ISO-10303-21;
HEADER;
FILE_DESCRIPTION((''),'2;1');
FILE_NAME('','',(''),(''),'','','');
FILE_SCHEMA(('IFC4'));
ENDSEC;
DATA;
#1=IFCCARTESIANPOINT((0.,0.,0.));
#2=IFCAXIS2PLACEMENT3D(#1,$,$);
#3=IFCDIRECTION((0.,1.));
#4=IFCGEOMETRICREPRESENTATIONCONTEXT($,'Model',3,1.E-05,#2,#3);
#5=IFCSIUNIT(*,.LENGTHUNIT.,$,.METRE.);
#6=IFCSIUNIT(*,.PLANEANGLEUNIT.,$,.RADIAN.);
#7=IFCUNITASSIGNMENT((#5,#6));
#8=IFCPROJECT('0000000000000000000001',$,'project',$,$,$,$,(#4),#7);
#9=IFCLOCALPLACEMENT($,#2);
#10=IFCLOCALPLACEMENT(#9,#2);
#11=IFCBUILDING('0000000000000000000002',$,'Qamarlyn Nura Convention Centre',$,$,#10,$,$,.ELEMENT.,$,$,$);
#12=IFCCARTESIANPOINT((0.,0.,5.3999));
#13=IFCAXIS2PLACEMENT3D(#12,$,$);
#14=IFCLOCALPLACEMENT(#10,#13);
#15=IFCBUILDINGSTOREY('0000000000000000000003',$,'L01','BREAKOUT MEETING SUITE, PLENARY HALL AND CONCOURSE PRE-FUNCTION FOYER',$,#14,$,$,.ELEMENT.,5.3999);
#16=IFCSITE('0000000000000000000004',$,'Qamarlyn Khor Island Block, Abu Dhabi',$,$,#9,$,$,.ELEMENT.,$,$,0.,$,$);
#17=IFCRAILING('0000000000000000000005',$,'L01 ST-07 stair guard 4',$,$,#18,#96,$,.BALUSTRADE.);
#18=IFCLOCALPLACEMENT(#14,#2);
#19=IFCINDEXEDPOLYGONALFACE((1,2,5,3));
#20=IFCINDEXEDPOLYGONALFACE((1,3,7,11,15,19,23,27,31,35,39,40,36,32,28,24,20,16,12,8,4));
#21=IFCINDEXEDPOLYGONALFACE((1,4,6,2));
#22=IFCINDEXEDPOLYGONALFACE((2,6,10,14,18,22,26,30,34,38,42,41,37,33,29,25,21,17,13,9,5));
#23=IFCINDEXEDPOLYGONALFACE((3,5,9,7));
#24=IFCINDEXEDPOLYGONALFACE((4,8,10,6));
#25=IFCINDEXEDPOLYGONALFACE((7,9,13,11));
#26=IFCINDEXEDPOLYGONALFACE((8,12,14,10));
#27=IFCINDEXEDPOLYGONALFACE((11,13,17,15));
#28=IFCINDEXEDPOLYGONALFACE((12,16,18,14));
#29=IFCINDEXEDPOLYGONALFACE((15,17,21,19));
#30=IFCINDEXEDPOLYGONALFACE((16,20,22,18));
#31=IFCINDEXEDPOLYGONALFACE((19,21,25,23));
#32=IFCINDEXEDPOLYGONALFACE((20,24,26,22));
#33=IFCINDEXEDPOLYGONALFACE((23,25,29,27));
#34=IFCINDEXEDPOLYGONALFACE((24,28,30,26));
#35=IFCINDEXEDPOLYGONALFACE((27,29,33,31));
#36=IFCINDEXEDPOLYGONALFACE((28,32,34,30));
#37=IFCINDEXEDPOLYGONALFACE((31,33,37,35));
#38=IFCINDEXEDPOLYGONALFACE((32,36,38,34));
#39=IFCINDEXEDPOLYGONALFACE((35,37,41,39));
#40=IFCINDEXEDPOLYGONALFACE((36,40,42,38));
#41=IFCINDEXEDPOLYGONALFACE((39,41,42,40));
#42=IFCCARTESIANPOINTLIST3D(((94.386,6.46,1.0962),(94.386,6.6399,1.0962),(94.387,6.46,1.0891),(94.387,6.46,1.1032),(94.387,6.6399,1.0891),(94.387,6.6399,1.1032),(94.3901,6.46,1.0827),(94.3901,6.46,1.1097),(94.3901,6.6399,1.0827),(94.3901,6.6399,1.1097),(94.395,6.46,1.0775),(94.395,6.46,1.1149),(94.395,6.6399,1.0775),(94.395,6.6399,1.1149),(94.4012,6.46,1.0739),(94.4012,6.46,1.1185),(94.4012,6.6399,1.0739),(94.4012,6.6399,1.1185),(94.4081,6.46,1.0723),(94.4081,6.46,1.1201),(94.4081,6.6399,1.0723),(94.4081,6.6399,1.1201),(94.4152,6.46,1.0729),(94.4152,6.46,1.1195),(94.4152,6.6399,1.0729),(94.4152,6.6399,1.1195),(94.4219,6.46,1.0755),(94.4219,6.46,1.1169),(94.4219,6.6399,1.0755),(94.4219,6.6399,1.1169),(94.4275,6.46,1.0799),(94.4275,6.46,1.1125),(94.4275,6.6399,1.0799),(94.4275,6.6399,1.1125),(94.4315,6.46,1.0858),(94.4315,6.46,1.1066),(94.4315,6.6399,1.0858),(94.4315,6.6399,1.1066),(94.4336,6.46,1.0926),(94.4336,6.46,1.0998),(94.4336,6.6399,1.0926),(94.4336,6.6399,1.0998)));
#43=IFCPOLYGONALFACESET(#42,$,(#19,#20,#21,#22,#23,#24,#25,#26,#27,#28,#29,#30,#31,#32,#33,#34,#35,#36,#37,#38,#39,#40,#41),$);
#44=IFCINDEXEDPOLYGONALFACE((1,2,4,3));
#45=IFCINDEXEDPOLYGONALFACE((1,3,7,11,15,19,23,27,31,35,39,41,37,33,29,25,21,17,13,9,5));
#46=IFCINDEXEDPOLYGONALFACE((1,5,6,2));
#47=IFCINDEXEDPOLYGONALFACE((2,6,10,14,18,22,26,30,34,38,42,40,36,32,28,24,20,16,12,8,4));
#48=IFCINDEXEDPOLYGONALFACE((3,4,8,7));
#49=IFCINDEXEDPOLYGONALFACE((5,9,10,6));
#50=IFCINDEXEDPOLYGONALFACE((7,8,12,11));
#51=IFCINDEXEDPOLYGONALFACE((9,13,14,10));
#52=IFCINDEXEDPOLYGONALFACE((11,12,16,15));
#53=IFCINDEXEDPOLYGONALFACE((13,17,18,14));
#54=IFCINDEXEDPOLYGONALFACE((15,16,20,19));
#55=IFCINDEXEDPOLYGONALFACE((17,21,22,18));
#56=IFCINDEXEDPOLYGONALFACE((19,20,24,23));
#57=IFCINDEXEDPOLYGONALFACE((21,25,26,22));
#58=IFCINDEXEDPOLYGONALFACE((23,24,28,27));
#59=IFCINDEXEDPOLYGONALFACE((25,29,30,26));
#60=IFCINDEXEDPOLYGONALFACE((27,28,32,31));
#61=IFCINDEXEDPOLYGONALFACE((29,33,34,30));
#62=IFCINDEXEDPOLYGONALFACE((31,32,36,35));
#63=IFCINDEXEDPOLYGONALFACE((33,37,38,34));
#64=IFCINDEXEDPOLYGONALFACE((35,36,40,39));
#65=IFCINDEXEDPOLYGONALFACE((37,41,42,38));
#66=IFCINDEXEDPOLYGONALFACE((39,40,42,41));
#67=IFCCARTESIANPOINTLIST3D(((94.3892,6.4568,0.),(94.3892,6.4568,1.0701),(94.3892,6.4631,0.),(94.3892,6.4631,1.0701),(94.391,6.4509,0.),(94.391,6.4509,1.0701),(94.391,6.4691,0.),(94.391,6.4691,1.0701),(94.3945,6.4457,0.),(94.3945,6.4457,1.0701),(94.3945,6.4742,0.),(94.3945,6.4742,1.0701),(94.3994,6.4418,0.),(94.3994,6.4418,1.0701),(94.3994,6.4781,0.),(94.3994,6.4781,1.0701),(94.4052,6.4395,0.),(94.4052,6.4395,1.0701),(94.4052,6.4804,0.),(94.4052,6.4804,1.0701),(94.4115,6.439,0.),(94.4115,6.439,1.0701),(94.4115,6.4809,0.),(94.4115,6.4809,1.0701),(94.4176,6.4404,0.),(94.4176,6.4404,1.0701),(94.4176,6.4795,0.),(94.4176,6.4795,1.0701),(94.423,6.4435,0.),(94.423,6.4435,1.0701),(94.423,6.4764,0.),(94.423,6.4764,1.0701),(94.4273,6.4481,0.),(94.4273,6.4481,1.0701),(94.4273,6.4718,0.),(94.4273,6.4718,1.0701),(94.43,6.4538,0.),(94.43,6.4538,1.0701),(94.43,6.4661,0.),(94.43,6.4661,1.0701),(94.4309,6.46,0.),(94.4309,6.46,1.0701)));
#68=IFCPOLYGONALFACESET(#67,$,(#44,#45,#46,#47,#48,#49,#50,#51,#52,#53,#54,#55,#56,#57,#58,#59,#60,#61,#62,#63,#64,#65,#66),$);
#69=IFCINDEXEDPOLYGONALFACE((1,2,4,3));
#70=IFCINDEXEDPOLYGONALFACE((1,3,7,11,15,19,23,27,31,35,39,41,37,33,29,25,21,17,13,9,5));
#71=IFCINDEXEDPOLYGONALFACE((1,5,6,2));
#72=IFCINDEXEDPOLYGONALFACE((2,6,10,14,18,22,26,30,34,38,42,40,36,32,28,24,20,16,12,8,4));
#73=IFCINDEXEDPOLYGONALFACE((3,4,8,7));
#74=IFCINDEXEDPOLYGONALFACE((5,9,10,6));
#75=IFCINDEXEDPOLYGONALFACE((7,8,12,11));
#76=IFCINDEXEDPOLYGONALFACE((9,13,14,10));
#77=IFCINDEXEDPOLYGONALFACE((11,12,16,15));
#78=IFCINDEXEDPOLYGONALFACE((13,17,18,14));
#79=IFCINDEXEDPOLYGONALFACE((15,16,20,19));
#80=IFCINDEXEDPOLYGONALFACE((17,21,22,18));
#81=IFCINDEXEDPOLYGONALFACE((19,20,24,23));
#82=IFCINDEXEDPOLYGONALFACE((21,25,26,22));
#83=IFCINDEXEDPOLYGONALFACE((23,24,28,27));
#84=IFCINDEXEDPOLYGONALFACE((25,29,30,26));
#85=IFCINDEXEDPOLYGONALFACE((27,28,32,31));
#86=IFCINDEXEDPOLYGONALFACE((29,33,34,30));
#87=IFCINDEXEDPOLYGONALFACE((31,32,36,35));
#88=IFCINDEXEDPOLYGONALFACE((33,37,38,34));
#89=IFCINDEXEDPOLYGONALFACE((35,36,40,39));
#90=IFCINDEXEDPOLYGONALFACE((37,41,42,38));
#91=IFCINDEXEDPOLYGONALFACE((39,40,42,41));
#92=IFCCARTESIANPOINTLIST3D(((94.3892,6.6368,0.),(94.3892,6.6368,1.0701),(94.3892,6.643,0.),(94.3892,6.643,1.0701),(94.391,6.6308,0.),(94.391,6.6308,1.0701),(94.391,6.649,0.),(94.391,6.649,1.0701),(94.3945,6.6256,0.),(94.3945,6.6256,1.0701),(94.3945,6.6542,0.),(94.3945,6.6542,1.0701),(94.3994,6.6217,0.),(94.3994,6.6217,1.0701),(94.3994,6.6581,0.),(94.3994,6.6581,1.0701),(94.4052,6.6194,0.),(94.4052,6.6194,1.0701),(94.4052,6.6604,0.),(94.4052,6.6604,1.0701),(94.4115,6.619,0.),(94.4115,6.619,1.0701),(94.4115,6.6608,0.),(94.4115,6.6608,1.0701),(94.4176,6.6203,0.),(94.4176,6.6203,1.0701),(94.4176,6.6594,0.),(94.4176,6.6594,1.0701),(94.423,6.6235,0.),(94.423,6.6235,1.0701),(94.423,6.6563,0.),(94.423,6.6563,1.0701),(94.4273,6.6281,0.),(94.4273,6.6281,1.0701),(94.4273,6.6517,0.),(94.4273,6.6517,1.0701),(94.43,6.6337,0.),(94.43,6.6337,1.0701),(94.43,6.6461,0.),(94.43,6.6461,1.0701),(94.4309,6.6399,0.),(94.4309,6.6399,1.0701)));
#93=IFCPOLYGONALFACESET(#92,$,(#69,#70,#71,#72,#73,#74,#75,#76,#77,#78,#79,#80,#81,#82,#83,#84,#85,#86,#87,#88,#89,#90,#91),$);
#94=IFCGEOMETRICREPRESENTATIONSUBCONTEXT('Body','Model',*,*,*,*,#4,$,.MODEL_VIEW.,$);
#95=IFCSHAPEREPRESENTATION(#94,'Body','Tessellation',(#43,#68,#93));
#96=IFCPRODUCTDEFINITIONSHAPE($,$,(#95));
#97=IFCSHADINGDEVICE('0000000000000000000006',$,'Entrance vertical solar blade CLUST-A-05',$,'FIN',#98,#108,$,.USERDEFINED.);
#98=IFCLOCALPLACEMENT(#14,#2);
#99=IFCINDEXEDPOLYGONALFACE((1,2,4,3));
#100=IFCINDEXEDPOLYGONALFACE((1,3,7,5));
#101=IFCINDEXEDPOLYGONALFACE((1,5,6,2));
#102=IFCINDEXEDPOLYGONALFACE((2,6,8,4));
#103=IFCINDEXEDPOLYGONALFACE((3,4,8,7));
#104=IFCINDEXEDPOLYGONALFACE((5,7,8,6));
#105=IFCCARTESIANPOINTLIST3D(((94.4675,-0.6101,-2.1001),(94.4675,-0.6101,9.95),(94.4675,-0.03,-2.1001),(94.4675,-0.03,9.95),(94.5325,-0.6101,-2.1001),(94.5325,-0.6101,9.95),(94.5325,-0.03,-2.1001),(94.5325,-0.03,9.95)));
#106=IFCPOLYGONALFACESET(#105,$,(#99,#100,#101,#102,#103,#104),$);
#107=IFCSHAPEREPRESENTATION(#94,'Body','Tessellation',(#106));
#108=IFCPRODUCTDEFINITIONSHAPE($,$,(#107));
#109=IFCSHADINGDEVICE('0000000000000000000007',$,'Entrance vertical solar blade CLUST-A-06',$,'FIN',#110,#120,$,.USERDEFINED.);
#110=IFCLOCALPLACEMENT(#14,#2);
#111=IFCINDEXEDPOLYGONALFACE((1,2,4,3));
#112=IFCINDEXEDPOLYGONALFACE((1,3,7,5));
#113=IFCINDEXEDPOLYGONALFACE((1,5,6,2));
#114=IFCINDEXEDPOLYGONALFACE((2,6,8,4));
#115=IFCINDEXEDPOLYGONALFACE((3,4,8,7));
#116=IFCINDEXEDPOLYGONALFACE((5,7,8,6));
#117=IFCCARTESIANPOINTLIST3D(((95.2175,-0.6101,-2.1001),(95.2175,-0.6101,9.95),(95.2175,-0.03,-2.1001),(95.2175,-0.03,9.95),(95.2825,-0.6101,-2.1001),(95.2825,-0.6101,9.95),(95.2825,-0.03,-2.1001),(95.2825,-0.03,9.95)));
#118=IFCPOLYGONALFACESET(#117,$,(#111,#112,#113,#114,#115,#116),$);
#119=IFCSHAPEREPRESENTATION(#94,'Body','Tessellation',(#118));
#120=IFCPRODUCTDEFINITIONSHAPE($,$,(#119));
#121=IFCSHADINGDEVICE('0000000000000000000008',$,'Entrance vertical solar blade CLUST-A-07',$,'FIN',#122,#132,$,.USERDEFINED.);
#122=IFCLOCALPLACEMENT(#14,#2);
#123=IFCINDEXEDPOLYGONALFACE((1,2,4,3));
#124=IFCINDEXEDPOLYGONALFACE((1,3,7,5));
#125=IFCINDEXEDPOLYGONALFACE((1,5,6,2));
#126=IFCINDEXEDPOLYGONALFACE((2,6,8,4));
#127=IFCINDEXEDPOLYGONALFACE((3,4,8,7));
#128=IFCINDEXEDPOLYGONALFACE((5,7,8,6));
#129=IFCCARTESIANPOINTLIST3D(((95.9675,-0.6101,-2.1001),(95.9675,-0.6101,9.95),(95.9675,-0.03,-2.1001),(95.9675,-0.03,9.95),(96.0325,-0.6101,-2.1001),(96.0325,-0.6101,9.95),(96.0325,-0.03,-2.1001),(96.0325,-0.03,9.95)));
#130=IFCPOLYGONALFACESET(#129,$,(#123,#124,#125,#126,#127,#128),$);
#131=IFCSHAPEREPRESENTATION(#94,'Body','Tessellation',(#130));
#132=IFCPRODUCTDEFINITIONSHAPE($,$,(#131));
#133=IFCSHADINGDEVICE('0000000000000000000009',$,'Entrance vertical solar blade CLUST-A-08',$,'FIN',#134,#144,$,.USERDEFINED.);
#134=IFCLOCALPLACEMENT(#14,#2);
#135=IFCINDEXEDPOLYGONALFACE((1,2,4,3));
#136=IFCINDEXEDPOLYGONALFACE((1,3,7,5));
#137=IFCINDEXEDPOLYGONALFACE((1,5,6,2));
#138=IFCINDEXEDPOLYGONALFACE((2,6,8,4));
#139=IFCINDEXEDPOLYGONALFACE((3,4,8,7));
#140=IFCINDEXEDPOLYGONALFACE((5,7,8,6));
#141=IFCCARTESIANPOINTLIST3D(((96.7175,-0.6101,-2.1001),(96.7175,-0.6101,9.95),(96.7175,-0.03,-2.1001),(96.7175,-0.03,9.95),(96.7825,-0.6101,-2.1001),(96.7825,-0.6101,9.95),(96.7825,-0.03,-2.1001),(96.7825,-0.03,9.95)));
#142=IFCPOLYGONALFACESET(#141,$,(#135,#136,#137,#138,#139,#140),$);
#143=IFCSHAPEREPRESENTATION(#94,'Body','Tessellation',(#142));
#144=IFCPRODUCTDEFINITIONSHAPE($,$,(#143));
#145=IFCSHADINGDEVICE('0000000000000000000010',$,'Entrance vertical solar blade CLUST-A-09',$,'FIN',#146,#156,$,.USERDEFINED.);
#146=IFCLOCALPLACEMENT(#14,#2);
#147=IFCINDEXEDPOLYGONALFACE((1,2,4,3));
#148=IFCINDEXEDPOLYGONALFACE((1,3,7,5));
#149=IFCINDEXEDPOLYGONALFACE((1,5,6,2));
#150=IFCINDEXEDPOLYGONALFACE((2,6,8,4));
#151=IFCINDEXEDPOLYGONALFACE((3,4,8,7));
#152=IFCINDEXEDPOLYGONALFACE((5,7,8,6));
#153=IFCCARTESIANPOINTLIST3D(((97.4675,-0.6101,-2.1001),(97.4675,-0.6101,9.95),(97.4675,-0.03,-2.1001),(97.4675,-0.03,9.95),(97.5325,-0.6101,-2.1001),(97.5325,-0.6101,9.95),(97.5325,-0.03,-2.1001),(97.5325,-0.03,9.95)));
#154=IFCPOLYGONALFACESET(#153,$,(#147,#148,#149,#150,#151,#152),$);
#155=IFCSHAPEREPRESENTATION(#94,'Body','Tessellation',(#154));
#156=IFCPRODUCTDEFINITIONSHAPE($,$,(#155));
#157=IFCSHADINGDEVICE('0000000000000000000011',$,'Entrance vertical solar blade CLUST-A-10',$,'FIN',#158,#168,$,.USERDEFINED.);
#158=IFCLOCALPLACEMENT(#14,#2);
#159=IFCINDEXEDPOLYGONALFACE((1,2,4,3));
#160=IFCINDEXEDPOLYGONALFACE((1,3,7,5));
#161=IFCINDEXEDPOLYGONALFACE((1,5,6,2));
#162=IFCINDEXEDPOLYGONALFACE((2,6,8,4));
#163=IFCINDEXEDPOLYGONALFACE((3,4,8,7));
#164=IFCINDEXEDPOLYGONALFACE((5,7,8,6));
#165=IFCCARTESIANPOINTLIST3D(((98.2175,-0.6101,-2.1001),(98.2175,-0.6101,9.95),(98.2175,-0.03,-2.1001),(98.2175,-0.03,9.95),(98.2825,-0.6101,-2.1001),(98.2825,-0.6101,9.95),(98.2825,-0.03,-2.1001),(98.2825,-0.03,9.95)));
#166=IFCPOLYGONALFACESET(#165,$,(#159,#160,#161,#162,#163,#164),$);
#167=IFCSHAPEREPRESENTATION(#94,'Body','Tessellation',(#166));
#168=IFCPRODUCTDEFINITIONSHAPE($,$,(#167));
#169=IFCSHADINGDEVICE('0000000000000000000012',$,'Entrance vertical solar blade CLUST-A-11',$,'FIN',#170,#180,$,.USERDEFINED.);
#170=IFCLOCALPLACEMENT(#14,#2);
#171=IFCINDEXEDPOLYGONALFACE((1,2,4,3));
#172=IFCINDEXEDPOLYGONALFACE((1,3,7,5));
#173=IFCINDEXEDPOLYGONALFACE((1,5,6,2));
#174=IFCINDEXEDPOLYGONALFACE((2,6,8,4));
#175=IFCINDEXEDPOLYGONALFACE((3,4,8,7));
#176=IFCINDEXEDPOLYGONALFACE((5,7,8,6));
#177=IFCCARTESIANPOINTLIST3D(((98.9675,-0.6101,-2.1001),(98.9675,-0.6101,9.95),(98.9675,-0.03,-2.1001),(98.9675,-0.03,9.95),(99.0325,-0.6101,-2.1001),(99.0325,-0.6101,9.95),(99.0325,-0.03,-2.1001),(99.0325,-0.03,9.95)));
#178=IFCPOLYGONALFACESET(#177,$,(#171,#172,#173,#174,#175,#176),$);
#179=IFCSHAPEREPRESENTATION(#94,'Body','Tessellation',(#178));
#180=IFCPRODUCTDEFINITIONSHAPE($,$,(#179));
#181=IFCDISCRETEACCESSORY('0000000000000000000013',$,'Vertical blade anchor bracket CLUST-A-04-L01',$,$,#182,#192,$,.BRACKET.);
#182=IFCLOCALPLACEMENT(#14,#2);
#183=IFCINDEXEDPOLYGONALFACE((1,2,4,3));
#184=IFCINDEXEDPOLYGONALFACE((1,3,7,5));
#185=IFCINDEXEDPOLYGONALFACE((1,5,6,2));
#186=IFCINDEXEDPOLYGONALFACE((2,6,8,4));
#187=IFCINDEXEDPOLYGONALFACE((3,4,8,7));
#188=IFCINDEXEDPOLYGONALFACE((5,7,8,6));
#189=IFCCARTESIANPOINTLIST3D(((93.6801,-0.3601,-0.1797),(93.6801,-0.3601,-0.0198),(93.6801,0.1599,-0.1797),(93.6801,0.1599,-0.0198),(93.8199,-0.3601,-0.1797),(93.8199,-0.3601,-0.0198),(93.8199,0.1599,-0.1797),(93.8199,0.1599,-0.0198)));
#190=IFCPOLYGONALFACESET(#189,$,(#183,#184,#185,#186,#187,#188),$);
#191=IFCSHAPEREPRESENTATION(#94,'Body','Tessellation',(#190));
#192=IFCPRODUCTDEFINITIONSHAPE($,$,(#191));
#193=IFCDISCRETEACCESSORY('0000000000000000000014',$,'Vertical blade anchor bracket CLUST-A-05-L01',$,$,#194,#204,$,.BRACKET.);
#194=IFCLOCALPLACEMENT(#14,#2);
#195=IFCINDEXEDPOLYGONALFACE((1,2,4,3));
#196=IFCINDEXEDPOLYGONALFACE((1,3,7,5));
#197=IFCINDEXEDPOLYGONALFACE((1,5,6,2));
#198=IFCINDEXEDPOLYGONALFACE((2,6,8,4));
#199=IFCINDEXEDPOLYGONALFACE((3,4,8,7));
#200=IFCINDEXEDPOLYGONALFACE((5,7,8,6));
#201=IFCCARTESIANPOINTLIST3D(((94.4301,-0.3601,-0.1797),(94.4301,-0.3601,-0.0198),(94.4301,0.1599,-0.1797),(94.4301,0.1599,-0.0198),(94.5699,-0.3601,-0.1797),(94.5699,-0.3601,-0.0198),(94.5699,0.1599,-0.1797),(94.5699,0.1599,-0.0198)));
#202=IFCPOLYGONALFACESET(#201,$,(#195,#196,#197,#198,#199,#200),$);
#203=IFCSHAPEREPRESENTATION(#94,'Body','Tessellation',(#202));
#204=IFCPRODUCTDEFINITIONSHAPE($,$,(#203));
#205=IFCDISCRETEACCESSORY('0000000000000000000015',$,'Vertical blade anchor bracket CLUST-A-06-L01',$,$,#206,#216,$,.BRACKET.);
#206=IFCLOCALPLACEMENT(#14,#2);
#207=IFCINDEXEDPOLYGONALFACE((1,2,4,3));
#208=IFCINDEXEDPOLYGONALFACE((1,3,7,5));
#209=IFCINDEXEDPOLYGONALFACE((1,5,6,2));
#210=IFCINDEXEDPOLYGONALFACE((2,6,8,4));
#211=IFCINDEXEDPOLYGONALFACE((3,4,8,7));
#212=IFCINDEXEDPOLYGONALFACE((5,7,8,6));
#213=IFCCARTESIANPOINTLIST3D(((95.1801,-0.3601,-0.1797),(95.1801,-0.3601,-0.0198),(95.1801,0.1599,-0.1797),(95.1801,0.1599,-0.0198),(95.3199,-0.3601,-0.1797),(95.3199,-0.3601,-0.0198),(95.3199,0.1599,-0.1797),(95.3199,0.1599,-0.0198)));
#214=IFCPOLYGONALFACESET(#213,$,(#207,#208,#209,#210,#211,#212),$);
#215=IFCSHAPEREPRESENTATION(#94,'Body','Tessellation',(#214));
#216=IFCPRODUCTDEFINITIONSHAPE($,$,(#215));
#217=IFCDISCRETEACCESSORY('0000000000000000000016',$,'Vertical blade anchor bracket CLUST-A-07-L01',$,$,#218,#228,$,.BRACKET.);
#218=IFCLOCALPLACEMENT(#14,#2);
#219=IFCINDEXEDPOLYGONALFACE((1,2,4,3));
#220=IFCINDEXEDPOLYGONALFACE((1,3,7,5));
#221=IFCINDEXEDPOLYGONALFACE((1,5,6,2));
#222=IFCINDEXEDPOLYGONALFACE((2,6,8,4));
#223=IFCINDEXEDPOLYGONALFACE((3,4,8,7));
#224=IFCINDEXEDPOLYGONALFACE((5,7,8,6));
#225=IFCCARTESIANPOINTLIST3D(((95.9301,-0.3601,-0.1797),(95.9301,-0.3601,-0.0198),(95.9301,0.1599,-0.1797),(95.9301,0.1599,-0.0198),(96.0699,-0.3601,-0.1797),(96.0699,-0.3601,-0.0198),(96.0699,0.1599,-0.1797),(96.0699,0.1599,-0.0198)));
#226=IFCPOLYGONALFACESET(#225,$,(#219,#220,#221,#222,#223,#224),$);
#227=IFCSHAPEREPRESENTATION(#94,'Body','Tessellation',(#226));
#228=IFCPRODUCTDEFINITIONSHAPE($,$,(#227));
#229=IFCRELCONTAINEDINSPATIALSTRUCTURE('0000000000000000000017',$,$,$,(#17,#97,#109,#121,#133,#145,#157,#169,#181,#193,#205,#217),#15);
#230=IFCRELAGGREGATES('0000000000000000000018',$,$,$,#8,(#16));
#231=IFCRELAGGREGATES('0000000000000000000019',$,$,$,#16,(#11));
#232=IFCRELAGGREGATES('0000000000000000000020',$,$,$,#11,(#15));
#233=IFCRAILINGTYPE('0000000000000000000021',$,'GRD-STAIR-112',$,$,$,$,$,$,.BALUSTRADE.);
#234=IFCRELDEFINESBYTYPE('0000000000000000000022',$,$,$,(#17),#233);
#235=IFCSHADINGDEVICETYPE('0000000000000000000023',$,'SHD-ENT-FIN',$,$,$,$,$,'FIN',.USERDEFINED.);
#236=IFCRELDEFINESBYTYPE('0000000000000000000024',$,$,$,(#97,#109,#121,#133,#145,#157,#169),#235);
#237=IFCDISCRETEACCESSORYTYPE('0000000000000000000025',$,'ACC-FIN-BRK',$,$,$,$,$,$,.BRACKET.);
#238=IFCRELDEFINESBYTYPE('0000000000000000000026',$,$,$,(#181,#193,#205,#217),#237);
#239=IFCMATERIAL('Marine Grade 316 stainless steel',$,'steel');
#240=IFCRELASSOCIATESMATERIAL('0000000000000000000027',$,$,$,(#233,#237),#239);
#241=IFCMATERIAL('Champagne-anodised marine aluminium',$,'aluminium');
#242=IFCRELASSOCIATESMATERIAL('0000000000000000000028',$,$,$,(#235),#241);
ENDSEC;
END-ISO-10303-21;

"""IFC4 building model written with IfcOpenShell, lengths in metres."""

from ifc_helpers import new_model, si_unit, direction, frame, origin, origin_2d, place, context, subcontext, project, spatial, rectangle, circle, extrude, material, type_object, element, save


model = new_model("IFC4")

# Units and contexts
model_context = context("Model", 3, precision=1e-05, world=origin(), true_north=direction((0.0, 1.0)))
body_context = subcontext(model_context, "Body", "Model", "MODEL_VIEW")
ifc_project = project(units=[si_unit("LENGTHUNIT", "METRE"), si_unit("PLANEANGLEUNIT", "RADIAN")], contexts=[model_context])

# Site, building, storey
site_placement = place(None, origin())
site = spatial("IfcSite", under=ifc_project, at=site_placement, Name="Qamarlyn Khor Island Block, Abu Dhabi", CompositionType="ELEMENT", RefElevation=0.0)
building_placement = place(site_placement, origin())
building = spatial("IfcBuilding", under=site, at=building_placement, Name="Qamarlyn Nura Convention Centre", CompositionType="ELEMENT")
storey_placement = place(building_placement, frame((0.0, 0.0, 5.3999)))
storey = spatial("IfcBuildingStorey", under=building, at=storey_placement, Name="L01", Description="BREAKOUT MEETING SUITE, PLENARY HALL AND CONCOURSE PRE-FUNCTION FOYER", CompositionType="ELEMENT", Elevation=5.3999)

# Shared definitions
ifc_material_1 = material(Name="Champagne-anodised marine aluminium", Category="aluminium")

# Railing
ifc_material_2 = material(Name="Marine Grade 316 stainless steel", Category="steel")
railing_type_1 = type_object("IfcRailingType", Name="GRD-STAIR-112", PredefinedType="BALUSTRADE", material=ifc_material_2)
railing_1_placement = place(storey_placement, frame((94.4099, 6.46, 0.0)))
element("IfcRailing", 1, at=railing_1_placement, inside=storey, type_object=railing_type_1, Name="L01 ST-07 stair guard 4", PredefinedType="BALUSTRADE", context=body_context, shape_type="SweptSolid", body=[
    extrude(circle(Radius=0.0239, at=origin_2d()), frame((0.0, 0.0, 1.0962), z_axis=(0.0, 1.0, 0.0), x_axis=(-1.0, 0.0, 0.0)), (0.0, 0.0, 1.0), 0.1799),
    extrude(circle(Radius=0.021, at=origin_2d()), origin(), (0.0, 0.0, 1.0), 1.0701),
    extrude(circle(Radius=0.021, at=origin_2d()), frame((0.0, 0.1799, 0.0)), (0.0, 0.0, 1.0), 1.0701),
])

# Shading devices
shading_device_type = type_object("IfcShadingDeviceType", Name="SHD-ENT-FIN", ElementType="FIN", PredefinedType="USERDEFINED", material=ifc_material_1)
for number, where, z_axis, x_axis, name in (
    (2, (94.5, -0.3201, -2.1001), (0.0, 0.0, 1.0), (0.0, -1.0, 0.0), "Entrance vertical solar blade CLUST-A-05"),
    (3, (95.25, -0.3201, -2.1001), (0.0, 0.0, 1.0), (0.0, -1.0, 0.0), "Entrance vertical solar blade CLUST-A-06"),
    (4, (96.0, -0.3201, -2.1001), (0.0, 0.0, 1.0), (0.0, -1.0, 0.0), "Entrance vertical solar blade CLUST-A-07"),
    (5, (96.75, -0.3201, -2.1001), (0.0, 0.0, 1.0), (0.0, -1.0, 0.0), "Entrance vertical solar blade CLUST-A-08"),
    (6, (97.5, -0.3201, -2.1001), (0.0, 0.0, 1.0), (0.0, -1.0, 0.0), "Entrance vertical solar blade CLUST-A-09"),
    (7, (98.25, -0.3201, -2.1001), (0.0, 0.0, 1.0), (0.0, -1.0, 0.0), "Entrance vertical solar blade CLUST-A-10"),
    (8, (99.0, -0.3201, -2.1001), (0.0, 0.0, 1.0), (0.0, -1.0, 0.0), "Entrance vertical solar blade CLUST-A-11"),
):
    element("IfcShadingDevice", number, at=place(storey_placement, frame(where, z_axis=z_axis, x_axis=x_axis)), inside=storey, type_object=shading_device_type, Name=name, ObjectType="FIN", PredefinedType="USERDEFINED", context=body_context, shape_type="SweptSolid", body=[
        extrude(rectangle(XDim=0.5801, YDim=0.0649, at=origin_2d()), origin(), (0.0, 0.0, 1.0), 12.05),
    ])

# Discrete accessories
discrete_accessory_type = type_object("IfcDiscreteAccessoryType", Name="ACC-FIN-BRK", PredefinedType="BRACKET", material=ifc_material_2)
for number, where, z_axis, x_axis, name in (
    (9, (93.75, -0.1001, -0.1797), (0.0, 0.0, 1.0), (0.0, -1.0, 0.0), "Vertical blade anchor bracket CLUST-A-04-L01"),
    (10, (94.5, -0.1001, -0.1797), (0.0, 0.0, 1.0), (0.0, -1.0, 0.0), "Vertical blade anchor bracket CLUST-A-05-L01"),
    (11, (95.25, -0.1001, -0.1797), (0.0, 0.0, 1.0), (0.0, -1.0, 0.0), "Vertical blade anchor bracket CLUST-A-06-L01"),
    (12, (96.0, -0.1001, -0.1797), (0.0, 0.0, 1.0), (0.0, -1.0, 0.0), "Vertical blade anchor bracket CLUST-A-07-L01"),
):
    element("IfcDiscreteAccessory", number, at=place(storey_placement, frame(where, z_axis=z_axis, x_axis=x_axis)), inside=storey, type_object=discrete_accessory_type, Name=name, PredefinedType="BRACKET", context=body_context, shape_type="SweptSolid", body=[
        extrude(rectangle(XDim=0.52, YDim=0.1399, at=origin_2d()), origin(), (0.0, 0.0, 1.0), 0.1599),
    ])

save(model, "model.ifc")
